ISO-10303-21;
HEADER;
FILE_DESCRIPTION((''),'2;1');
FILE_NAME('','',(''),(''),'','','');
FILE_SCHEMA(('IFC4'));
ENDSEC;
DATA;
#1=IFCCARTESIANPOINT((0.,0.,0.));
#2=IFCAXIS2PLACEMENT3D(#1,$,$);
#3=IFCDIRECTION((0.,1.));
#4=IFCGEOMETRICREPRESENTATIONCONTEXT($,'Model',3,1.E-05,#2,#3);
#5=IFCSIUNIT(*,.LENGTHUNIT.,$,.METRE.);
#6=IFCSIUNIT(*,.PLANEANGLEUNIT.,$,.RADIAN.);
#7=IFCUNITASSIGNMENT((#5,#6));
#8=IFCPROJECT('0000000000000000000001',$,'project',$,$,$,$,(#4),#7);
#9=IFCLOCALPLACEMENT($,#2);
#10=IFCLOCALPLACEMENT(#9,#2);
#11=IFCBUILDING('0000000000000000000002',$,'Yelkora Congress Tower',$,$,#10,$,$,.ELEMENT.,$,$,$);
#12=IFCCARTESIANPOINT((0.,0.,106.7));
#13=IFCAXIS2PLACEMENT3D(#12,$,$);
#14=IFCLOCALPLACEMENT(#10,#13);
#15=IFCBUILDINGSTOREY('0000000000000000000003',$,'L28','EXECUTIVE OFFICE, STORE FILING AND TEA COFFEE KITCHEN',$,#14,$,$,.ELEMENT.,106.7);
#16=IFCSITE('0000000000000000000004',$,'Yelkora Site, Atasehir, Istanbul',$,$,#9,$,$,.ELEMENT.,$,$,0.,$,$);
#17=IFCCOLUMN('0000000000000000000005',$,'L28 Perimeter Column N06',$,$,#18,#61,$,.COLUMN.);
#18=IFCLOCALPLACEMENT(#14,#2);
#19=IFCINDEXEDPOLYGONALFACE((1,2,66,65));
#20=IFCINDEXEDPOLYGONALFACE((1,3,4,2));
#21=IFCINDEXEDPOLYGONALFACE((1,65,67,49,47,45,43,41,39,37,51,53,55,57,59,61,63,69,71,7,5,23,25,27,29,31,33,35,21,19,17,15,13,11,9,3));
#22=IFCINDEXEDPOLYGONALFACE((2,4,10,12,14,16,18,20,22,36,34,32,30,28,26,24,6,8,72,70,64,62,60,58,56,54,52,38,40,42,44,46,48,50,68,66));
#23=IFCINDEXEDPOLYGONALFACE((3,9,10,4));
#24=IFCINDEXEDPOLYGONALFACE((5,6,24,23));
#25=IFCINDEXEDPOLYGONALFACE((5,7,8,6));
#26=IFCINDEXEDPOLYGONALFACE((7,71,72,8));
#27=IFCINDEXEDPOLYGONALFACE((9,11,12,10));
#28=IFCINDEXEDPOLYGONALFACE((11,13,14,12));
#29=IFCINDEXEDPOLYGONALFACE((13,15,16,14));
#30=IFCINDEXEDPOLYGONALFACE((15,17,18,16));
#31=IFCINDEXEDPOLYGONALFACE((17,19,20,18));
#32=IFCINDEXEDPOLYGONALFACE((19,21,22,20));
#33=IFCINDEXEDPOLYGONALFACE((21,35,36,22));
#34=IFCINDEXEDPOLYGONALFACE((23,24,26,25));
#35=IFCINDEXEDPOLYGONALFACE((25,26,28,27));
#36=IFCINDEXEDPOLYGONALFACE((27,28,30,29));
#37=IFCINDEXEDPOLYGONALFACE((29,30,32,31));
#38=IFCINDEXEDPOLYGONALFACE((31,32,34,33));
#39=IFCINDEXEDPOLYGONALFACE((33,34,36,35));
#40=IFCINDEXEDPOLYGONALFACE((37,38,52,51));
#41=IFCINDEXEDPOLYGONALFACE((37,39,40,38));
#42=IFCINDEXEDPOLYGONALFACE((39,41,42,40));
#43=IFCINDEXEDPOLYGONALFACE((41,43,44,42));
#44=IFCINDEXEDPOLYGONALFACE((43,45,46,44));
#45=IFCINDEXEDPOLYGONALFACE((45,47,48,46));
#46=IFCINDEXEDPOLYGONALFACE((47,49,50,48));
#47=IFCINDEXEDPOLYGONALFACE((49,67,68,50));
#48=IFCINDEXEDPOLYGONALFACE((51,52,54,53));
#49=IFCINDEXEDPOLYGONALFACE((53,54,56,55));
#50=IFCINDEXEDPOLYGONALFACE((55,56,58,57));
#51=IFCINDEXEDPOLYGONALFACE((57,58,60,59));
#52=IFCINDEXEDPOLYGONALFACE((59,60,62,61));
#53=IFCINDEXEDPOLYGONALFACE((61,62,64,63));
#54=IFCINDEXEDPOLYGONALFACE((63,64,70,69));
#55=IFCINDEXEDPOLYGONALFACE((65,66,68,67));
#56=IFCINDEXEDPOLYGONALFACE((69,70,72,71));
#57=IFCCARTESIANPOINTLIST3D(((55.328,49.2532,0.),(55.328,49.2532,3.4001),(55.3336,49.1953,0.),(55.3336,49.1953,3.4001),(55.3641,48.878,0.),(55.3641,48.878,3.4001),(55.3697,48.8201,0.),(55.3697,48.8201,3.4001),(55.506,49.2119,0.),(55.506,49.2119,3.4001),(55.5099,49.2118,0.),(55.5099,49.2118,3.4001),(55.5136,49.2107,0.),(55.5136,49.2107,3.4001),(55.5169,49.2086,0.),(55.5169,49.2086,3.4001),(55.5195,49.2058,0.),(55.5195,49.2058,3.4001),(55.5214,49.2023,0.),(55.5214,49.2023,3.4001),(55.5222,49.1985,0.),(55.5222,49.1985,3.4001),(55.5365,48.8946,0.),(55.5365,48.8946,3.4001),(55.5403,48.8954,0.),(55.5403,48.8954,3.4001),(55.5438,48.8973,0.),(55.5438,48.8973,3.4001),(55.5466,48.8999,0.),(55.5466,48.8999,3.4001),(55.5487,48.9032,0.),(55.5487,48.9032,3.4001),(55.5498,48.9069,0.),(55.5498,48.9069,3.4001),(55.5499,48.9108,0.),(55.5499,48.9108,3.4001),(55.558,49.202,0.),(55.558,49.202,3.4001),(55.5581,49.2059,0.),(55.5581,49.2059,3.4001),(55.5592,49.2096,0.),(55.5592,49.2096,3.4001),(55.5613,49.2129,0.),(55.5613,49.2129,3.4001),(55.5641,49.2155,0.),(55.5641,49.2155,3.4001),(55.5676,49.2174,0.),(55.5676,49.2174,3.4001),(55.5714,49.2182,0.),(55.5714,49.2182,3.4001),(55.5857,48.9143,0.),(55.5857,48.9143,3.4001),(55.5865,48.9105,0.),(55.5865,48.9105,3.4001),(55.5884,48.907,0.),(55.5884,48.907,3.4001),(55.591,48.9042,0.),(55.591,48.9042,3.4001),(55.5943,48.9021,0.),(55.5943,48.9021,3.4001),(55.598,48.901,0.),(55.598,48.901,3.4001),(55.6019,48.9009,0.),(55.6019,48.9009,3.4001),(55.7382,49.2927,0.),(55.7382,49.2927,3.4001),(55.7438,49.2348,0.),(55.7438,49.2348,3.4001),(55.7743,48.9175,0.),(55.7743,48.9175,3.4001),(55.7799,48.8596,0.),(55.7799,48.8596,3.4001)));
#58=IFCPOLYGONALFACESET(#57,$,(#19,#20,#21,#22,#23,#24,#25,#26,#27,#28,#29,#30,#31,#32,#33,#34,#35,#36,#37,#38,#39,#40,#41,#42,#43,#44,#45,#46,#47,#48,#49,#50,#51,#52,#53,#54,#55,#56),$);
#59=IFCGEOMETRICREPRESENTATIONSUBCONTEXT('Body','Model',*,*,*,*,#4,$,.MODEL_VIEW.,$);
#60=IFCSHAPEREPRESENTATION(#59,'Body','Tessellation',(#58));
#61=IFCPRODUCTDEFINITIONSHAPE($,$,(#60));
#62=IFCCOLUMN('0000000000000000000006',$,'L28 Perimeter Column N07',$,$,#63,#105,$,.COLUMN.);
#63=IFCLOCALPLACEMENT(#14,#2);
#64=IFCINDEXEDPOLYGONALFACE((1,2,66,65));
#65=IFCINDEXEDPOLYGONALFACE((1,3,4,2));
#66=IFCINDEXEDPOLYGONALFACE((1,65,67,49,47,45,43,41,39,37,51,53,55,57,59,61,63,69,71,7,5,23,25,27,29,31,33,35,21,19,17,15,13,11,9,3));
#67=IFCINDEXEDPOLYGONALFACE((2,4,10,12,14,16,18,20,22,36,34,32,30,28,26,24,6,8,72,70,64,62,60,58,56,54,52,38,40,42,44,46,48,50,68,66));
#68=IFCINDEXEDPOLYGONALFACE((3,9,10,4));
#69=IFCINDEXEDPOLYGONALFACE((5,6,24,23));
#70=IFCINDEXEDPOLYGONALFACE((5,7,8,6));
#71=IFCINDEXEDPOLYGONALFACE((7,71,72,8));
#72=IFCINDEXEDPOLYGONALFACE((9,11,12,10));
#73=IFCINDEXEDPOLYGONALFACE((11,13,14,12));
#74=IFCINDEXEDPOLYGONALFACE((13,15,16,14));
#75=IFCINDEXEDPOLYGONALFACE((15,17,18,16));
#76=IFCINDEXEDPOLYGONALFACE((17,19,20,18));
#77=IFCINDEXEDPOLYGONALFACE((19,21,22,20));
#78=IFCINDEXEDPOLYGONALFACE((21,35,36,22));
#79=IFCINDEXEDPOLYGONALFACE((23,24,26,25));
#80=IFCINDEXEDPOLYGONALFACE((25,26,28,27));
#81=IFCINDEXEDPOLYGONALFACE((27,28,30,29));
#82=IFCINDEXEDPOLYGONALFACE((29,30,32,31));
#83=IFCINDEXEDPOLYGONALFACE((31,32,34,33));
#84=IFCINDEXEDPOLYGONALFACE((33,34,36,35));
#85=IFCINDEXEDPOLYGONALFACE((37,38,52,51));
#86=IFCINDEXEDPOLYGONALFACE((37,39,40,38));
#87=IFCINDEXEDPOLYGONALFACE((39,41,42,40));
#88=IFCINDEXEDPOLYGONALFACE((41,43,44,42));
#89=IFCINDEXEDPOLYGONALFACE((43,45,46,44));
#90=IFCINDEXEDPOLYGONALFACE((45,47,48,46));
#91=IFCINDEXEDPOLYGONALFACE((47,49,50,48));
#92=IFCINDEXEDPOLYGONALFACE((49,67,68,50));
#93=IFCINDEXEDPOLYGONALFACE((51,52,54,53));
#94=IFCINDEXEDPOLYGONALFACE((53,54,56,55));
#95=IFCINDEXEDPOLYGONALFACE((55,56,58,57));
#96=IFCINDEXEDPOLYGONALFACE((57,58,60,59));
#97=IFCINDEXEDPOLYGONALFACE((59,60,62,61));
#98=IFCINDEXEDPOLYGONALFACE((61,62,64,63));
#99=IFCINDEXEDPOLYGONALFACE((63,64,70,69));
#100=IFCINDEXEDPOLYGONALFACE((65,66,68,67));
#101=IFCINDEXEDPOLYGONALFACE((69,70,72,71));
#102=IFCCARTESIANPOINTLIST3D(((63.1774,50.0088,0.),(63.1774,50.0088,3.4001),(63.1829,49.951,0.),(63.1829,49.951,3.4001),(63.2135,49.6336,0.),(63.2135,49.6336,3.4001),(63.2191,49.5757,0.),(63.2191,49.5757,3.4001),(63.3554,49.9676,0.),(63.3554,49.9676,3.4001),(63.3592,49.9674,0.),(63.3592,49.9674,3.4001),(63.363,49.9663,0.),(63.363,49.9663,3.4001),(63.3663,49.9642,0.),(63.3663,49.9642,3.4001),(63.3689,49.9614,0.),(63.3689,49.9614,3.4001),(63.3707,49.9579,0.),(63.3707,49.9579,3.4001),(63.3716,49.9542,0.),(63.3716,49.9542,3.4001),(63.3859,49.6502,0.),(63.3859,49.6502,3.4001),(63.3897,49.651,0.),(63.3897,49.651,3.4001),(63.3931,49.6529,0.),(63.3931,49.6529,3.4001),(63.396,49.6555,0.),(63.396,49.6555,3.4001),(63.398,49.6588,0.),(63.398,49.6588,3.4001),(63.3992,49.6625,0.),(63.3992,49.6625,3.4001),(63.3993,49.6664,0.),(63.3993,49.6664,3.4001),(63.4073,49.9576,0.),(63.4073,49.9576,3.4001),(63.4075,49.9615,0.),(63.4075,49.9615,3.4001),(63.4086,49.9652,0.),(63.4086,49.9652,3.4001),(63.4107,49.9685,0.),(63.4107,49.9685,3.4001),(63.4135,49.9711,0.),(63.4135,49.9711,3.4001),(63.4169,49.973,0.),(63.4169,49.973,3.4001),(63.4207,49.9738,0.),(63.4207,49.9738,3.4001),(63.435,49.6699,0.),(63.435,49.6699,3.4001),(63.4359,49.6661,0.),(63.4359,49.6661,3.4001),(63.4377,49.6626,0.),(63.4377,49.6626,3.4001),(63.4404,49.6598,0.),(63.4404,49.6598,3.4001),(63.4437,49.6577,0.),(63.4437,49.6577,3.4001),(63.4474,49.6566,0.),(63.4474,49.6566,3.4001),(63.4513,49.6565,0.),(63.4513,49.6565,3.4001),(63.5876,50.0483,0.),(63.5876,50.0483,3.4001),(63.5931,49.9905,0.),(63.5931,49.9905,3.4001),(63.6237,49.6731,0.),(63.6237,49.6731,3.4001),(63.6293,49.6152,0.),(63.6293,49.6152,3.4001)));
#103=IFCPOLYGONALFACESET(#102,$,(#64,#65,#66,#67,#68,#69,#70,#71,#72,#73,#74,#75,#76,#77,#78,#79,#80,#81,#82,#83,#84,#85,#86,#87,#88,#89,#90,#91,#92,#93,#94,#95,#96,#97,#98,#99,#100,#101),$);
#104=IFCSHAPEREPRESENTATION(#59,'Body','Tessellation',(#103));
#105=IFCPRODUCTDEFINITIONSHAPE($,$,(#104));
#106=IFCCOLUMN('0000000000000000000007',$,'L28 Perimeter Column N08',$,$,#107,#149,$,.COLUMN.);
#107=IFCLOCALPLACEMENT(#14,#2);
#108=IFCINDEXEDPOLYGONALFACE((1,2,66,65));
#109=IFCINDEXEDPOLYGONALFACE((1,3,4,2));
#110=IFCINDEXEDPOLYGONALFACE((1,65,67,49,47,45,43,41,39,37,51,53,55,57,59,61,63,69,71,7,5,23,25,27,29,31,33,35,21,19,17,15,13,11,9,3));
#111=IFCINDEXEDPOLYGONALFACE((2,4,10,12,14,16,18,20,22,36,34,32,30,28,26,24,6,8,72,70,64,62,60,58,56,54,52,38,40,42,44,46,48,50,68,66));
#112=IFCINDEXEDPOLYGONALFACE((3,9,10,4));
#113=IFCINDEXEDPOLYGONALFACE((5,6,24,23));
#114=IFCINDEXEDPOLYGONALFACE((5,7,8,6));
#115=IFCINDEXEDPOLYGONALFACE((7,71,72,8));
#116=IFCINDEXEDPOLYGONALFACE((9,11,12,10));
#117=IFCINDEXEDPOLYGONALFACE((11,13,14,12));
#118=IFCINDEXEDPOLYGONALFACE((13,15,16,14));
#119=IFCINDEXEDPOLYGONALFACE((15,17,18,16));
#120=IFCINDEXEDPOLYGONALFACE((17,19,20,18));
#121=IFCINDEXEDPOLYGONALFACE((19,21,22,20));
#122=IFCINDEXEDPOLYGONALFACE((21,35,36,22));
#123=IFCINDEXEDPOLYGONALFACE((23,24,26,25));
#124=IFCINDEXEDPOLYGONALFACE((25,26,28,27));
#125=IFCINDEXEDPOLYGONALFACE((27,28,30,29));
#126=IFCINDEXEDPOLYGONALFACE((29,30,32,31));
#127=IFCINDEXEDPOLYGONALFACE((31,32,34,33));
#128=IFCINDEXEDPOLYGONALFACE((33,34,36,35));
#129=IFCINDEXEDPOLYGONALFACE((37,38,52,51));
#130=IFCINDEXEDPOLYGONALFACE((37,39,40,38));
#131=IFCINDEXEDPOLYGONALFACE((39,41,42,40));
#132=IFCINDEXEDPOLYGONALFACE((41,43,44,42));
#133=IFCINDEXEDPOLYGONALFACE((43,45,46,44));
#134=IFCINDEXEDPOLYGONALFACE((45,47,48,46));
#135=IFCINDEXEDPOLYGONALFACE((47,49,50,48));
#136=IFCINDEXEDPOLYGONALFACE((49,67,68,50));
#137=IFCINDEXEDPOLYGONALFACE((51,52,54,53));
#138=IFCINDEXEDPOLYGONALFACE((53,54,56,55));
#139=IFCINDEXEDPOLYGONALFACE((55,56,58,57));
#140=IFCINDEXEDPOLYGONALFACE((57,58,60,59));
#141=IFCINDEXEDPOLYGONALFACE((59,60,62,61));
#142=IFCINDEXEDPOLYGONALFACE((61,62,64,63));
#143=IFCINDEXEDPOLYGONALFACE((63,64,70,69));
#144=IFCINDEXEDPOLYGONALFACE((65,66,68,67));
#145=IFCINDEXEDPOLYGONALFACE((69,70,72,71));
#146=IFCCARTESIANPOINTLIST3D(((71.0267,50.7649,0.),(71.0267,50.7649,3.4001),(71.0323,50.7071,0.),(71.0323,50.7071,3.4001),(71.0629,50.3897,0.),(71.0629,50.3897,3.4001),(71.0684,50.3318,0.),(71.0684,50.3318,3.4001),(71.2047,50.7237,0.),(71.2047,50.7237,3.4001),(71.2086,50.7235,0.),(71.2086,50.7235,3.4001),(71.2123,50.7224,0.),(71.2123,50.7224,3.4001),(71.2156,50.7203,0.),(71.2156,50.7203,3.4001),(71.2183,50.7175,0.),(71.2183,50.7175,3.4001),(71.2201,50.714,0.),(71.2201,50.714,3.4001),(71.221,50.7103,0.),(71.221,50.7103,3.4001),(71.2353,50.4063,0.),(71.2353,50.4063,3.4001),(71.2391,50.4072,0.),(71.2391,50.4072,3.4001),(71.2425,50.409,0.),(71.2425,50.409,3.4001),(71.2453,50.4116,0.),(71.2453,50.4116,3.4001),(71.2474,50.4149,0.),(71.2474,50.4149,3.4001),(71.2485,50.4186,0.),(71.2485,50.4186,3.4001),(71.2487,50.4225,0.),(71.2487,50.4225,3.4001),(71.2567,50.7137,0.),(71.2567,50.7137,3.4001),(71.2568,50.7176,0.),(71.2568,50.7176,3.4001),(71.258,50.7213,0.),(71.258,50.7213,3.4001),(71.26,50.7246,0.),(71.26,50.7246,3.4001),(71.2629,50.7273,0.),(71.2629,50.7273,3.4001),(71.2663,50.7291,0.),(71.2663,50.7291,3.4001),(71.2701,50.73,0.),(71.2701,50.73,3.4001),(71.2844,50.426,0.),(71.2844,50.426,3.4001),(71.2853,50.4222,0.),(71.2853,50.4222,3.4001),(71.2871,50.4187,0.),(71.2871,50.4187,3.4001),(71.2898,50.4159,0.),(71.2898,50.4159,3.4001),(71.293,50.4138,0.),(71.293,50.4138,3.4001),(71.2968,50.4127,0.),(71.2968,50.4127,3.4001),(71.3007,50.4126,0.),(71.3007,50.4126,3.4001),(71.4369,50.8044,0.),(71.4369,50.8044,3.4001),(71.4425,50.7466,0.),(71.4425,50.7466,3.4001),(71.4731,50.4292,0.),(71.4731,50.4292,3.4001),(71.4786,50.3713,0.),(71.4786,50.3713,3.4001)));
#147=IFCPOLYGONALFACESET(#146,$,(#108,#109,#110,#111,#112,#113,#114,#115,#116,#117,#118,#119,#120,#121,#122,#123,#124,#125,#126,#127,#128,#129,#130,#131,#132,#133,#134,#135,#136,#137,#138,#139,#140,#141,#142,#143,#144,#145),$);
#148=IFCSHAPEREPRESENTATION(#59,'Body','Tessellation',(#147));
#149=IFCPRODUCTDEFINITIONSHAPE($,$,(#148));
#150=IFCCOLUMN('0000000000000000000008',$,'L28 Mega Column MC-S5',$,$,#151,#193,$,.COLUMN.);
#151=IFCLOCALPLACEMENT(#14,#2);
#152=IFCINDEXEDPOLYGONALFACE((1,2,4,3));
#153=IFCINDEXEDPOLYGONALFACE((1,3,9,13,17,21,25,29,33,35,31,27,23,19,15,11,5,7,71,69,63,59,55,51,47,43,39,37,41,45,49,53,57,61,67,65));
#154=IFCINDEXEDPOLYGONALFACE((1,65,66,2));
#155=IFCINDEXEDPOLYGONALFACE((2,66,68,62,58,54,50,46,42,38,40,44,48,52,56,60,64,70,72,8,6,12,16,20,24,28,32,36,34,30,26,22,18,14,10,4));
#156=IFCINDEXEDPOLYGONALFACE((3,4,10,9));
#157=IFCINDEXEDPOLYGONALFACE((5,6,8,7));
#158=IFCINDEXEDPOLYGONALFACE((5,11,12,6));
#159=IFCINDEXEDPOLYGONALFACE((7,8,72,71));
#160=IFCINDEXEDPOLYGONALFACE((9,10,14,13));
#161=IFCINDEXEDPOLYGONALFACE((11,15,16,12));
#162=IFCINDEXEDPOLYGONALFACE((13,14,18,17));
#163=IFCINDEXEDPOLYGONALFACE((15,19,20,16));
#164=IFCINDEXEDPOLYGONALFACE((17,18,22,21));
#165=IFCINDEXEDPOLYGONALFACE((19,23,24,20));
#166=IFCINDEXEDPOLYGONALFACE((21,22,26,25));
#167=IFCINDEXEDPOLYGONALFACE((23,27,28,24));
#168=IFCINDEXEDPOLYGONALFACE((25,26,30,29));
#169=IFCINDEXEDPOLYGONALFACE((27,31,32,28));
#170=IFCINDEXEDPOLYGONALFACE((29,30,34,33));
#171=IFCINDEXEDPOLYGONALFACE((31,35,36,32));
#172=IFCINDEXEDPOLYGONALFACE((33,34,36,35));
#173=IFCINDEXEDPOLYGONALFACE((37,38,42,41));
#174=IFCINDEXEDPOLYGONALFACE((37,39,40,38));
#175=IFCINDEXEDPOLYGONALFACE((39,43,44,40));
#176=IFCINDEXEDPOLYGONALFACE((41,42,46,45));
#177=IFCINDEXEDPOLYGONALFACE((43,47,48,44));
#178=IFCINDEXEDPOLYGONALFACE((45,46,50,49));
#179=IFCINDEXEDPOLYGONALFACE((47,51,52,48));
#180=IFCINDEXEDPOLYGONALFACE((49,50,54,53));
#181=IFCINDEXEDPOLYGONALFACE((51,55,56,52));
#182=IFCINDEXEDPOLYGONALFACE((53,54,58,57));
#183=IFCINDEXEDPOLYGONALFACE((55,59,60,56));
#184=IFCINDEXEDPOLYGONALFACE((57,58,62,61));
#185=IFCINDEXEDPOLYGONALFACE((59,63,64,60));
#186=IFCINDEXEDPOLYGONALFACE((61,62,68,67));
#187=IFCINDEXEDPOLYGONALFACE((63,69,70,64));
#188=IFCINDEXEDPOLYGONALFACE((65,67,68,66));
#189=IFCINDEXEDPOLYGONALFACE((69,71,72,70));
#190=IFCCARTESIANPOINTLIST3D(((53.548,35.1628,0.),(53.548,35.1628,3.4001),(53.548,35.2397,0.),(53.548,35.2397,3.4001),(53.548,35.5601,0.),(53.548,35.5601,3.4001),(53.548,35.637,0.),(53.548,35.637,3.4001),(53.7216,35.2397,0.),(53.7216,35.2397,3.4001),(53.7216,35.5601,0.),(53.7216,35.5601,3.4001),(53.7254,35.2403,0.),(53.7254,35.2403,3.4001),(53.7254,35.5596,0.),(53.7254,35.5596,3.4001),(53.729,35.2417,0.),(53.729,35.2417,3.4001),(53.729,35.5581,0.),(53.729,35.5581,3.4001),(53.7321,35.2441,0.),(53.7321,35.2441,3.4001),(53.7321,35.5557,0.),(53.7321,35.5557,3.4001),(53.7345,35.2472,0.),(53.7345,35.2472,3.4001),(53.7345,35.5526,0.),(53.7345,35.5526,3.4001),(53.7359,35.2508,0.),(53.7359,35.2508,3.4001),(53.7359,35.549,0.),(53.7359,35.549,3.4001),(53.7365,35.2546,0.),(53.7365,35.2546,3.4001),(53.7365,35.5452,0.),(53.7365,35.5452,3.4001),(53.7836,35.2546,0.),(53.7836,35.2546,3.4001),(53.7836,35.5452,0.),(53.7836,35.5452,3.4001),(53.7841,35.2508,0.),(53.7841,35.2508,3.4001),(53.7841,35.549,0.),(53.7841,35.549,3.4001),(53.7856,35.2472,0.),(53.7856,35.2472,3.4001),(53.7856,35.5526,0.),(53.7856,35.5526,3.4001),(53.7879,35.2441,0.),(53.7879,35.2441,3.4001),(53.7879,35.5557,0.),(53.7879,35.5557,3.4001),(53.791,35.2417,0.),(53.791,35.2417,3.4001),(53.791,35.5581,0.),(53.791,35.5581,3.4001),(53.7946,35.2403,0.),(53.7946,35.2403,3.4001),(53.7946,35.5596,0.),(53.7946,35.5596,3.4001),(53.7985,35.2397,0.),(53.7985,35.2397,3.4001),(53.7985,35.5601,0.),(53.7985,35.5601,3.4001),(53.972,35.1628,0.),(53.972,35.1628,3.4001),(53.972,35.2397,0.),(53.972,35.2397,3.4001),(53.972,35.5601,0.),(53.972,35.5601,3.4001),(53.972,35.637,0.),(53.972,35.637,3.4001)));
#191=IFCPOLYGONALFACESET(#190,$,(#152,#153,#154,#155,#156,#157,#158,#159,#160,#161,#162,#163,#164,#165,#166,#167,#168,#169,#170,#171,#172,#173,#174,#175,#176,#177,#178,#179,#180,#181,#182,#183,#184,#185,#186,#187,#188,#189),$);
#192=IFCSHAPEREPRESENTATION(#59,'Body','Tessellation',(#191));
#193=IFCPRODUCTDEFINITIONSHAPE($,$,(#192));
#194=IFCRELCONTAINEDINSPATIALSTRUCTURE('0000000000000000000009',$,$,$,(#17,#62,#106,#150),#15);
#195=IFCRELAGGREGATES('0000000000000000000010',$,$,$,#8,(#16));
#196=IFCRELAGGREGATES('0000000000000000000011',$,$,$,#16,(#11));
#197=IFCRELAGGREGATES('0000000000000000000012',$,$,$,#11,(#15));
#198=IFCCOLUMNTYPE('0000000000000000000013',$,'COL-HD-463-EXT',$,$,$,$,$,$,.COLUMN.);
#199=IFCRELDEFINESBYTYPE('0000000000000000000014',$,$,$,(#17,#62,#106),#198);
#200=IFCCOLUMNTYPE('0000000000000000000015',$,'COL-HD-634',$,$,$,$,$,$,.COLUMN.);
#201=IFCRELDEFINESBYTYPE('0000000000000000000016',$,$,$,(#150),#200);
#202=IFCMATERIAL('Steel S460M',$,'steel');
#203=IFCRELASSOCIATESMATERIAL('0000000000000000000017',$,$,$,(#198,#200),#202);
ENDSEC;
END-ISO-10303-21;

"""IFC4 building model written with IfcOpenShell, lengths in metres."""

from ifc_helpers import new_model, si_unit, direction, frame, origin, origin_2d, place, context, subcontext, project, spatial, i_section, extrude, material, material_profile, profile_set, type_object, element, save


model = new_model("IFC4")

# Units and contexts
model_context = context("Model", 3, precision=1e-05, world=origin(), true_north=direction((0.0, 1.0)))
body_context = subcontext(model_context, "Body", "Model", "MODEL_VIEW")
ifc_project = project(units=[si_unit("LENGTHUNIT", "METRE"), si_unit("PLANEANGLEUNIT", "RADIAN")], contexts=[model_context])

# Site, building, storey
site_placement = place(None, origin())
site = spatial("IfcSite", under=ifc_project, at=site_placement, Name="Yelkora Site, Atasehir, Istanbul", CompositionType="ELEMENT", RefElevation=0.0)
building_placement = place(site_placement, origin())
building = spatial("IfcBuilding", under=site, at=building_placement, Name="Yelkora Congress Tower", CompositionType="ELEMENT")
storey_placement = place(building_placement, frame((0.0, 0.0, 106.7)))
storey = spatial("IfcBuildingStorey", under=building, at=storey_placement, Name="L28", Description="EXECUTIVE OFFICE, STORE FILING AND TEA COFFEE KITCHEN", CompositionType="ELEMENT", Elevation=106.7)

# Columns
ifc_material_1 = material(Name="Steel S460M", Category="steel")
ifc_material_profile_1 = material_profile(ifc_material_1, i_section(OverallWidth=0.4121, OverallDepth=0.4351, WebThickness=0.0359, FlangeThickness=0.0581, FilletRadius=0.0149, at=origin_2d()), Name="HD 400x463")
ifc_profile_set_1 = profile_set([ifc_material_profile_1], Name="Steel S460M")
column_type_1 = type_object("IfcColumnType", Name="COL-HD-463-EXT", PredefinedType="COLUMN", material=ifc_profile_set_1)
for number, where, z_axis, x_axis, name in (
    (1, (55.554, 49.0564, 0.0), (0.0, 0.0, 1.0), (0.995396, 0.095846, 0.0), "L28 Perimeter Column N06"),
    (2, (63.4033, 49.812, 0.0), (0.0, 0.0, 1.0), (0.995396, 0.095846, 0.0), "L28 Perimeter Column N07"),
    (3, (71.2527, 50.5681, 0.0), (0.0, 0.0, 1.0), (0.995396, 0.095846, 0.0), "L28 Perimeter Column N08"),
):
    element("IfcColumn", number, at=place(storey_placement, frame(where, z_axis=z_axis, x_axis=x_axis)), inside=storey, type_object=column_type_1, Name=name, PredefinedType="COLUMN", context=body_context, shape_type="SweptSolid", body=[
        extrude(i_section(OverallWidth=0.4121, OverallDepth=0.4351, WebThickness=0.0359, FlangeThickness=0.0581, FilletRadius=0.0149, at=origin_2d()), origin(), (0.0, 0.0, 1.0), 3.4001),
    ])
ifc_material_profile_2 = material_profile(ifc_material_1, i_section(OverallWidth=0.4241, OverallDepth=0.4741, WebThickness=0.0471, FlangeThickness=0.0769, FilletRadius=0.0149, at=origin_2d()), Name="HD 400x634")
ifc_profile_set_2 = profile_set([ifc_material_profile_2], Name="Steel S460M")
column_type_2 = type_object("IfcColumnType", Name="COL-HD-634", PredefinedType="COLUMN", material=ifc_profile_set_2)
for number, where, z_axis, x_axis, name in (
    (4, (53.76, 35.3999, 0.0), (0.0, 0.0, 1.0), (1.0, 0.0, 0.0), "L28 Mega Column MC-S5"),
):
    element("IfcColumn", number, at=place(storey_placement, frame(where, z_axis=z_axis, x_axis=x_axis)), inside=storey, type_object=column_type_2, Name=name, PredefinedType="COLUMN", context=body_context, shape_type="SweptSolid", body=[
        extrude(i_section(OverallWidth=0.4241, OverallDepth=0.4741, WebThickness=0.0471, FlangeThickness=0.0769, FilletRadius=0.0149, at=origin_2d()), origin(), (0.0, 0.0, 1.0), 3.4001),
    ])

save(model, "model.ifc")
